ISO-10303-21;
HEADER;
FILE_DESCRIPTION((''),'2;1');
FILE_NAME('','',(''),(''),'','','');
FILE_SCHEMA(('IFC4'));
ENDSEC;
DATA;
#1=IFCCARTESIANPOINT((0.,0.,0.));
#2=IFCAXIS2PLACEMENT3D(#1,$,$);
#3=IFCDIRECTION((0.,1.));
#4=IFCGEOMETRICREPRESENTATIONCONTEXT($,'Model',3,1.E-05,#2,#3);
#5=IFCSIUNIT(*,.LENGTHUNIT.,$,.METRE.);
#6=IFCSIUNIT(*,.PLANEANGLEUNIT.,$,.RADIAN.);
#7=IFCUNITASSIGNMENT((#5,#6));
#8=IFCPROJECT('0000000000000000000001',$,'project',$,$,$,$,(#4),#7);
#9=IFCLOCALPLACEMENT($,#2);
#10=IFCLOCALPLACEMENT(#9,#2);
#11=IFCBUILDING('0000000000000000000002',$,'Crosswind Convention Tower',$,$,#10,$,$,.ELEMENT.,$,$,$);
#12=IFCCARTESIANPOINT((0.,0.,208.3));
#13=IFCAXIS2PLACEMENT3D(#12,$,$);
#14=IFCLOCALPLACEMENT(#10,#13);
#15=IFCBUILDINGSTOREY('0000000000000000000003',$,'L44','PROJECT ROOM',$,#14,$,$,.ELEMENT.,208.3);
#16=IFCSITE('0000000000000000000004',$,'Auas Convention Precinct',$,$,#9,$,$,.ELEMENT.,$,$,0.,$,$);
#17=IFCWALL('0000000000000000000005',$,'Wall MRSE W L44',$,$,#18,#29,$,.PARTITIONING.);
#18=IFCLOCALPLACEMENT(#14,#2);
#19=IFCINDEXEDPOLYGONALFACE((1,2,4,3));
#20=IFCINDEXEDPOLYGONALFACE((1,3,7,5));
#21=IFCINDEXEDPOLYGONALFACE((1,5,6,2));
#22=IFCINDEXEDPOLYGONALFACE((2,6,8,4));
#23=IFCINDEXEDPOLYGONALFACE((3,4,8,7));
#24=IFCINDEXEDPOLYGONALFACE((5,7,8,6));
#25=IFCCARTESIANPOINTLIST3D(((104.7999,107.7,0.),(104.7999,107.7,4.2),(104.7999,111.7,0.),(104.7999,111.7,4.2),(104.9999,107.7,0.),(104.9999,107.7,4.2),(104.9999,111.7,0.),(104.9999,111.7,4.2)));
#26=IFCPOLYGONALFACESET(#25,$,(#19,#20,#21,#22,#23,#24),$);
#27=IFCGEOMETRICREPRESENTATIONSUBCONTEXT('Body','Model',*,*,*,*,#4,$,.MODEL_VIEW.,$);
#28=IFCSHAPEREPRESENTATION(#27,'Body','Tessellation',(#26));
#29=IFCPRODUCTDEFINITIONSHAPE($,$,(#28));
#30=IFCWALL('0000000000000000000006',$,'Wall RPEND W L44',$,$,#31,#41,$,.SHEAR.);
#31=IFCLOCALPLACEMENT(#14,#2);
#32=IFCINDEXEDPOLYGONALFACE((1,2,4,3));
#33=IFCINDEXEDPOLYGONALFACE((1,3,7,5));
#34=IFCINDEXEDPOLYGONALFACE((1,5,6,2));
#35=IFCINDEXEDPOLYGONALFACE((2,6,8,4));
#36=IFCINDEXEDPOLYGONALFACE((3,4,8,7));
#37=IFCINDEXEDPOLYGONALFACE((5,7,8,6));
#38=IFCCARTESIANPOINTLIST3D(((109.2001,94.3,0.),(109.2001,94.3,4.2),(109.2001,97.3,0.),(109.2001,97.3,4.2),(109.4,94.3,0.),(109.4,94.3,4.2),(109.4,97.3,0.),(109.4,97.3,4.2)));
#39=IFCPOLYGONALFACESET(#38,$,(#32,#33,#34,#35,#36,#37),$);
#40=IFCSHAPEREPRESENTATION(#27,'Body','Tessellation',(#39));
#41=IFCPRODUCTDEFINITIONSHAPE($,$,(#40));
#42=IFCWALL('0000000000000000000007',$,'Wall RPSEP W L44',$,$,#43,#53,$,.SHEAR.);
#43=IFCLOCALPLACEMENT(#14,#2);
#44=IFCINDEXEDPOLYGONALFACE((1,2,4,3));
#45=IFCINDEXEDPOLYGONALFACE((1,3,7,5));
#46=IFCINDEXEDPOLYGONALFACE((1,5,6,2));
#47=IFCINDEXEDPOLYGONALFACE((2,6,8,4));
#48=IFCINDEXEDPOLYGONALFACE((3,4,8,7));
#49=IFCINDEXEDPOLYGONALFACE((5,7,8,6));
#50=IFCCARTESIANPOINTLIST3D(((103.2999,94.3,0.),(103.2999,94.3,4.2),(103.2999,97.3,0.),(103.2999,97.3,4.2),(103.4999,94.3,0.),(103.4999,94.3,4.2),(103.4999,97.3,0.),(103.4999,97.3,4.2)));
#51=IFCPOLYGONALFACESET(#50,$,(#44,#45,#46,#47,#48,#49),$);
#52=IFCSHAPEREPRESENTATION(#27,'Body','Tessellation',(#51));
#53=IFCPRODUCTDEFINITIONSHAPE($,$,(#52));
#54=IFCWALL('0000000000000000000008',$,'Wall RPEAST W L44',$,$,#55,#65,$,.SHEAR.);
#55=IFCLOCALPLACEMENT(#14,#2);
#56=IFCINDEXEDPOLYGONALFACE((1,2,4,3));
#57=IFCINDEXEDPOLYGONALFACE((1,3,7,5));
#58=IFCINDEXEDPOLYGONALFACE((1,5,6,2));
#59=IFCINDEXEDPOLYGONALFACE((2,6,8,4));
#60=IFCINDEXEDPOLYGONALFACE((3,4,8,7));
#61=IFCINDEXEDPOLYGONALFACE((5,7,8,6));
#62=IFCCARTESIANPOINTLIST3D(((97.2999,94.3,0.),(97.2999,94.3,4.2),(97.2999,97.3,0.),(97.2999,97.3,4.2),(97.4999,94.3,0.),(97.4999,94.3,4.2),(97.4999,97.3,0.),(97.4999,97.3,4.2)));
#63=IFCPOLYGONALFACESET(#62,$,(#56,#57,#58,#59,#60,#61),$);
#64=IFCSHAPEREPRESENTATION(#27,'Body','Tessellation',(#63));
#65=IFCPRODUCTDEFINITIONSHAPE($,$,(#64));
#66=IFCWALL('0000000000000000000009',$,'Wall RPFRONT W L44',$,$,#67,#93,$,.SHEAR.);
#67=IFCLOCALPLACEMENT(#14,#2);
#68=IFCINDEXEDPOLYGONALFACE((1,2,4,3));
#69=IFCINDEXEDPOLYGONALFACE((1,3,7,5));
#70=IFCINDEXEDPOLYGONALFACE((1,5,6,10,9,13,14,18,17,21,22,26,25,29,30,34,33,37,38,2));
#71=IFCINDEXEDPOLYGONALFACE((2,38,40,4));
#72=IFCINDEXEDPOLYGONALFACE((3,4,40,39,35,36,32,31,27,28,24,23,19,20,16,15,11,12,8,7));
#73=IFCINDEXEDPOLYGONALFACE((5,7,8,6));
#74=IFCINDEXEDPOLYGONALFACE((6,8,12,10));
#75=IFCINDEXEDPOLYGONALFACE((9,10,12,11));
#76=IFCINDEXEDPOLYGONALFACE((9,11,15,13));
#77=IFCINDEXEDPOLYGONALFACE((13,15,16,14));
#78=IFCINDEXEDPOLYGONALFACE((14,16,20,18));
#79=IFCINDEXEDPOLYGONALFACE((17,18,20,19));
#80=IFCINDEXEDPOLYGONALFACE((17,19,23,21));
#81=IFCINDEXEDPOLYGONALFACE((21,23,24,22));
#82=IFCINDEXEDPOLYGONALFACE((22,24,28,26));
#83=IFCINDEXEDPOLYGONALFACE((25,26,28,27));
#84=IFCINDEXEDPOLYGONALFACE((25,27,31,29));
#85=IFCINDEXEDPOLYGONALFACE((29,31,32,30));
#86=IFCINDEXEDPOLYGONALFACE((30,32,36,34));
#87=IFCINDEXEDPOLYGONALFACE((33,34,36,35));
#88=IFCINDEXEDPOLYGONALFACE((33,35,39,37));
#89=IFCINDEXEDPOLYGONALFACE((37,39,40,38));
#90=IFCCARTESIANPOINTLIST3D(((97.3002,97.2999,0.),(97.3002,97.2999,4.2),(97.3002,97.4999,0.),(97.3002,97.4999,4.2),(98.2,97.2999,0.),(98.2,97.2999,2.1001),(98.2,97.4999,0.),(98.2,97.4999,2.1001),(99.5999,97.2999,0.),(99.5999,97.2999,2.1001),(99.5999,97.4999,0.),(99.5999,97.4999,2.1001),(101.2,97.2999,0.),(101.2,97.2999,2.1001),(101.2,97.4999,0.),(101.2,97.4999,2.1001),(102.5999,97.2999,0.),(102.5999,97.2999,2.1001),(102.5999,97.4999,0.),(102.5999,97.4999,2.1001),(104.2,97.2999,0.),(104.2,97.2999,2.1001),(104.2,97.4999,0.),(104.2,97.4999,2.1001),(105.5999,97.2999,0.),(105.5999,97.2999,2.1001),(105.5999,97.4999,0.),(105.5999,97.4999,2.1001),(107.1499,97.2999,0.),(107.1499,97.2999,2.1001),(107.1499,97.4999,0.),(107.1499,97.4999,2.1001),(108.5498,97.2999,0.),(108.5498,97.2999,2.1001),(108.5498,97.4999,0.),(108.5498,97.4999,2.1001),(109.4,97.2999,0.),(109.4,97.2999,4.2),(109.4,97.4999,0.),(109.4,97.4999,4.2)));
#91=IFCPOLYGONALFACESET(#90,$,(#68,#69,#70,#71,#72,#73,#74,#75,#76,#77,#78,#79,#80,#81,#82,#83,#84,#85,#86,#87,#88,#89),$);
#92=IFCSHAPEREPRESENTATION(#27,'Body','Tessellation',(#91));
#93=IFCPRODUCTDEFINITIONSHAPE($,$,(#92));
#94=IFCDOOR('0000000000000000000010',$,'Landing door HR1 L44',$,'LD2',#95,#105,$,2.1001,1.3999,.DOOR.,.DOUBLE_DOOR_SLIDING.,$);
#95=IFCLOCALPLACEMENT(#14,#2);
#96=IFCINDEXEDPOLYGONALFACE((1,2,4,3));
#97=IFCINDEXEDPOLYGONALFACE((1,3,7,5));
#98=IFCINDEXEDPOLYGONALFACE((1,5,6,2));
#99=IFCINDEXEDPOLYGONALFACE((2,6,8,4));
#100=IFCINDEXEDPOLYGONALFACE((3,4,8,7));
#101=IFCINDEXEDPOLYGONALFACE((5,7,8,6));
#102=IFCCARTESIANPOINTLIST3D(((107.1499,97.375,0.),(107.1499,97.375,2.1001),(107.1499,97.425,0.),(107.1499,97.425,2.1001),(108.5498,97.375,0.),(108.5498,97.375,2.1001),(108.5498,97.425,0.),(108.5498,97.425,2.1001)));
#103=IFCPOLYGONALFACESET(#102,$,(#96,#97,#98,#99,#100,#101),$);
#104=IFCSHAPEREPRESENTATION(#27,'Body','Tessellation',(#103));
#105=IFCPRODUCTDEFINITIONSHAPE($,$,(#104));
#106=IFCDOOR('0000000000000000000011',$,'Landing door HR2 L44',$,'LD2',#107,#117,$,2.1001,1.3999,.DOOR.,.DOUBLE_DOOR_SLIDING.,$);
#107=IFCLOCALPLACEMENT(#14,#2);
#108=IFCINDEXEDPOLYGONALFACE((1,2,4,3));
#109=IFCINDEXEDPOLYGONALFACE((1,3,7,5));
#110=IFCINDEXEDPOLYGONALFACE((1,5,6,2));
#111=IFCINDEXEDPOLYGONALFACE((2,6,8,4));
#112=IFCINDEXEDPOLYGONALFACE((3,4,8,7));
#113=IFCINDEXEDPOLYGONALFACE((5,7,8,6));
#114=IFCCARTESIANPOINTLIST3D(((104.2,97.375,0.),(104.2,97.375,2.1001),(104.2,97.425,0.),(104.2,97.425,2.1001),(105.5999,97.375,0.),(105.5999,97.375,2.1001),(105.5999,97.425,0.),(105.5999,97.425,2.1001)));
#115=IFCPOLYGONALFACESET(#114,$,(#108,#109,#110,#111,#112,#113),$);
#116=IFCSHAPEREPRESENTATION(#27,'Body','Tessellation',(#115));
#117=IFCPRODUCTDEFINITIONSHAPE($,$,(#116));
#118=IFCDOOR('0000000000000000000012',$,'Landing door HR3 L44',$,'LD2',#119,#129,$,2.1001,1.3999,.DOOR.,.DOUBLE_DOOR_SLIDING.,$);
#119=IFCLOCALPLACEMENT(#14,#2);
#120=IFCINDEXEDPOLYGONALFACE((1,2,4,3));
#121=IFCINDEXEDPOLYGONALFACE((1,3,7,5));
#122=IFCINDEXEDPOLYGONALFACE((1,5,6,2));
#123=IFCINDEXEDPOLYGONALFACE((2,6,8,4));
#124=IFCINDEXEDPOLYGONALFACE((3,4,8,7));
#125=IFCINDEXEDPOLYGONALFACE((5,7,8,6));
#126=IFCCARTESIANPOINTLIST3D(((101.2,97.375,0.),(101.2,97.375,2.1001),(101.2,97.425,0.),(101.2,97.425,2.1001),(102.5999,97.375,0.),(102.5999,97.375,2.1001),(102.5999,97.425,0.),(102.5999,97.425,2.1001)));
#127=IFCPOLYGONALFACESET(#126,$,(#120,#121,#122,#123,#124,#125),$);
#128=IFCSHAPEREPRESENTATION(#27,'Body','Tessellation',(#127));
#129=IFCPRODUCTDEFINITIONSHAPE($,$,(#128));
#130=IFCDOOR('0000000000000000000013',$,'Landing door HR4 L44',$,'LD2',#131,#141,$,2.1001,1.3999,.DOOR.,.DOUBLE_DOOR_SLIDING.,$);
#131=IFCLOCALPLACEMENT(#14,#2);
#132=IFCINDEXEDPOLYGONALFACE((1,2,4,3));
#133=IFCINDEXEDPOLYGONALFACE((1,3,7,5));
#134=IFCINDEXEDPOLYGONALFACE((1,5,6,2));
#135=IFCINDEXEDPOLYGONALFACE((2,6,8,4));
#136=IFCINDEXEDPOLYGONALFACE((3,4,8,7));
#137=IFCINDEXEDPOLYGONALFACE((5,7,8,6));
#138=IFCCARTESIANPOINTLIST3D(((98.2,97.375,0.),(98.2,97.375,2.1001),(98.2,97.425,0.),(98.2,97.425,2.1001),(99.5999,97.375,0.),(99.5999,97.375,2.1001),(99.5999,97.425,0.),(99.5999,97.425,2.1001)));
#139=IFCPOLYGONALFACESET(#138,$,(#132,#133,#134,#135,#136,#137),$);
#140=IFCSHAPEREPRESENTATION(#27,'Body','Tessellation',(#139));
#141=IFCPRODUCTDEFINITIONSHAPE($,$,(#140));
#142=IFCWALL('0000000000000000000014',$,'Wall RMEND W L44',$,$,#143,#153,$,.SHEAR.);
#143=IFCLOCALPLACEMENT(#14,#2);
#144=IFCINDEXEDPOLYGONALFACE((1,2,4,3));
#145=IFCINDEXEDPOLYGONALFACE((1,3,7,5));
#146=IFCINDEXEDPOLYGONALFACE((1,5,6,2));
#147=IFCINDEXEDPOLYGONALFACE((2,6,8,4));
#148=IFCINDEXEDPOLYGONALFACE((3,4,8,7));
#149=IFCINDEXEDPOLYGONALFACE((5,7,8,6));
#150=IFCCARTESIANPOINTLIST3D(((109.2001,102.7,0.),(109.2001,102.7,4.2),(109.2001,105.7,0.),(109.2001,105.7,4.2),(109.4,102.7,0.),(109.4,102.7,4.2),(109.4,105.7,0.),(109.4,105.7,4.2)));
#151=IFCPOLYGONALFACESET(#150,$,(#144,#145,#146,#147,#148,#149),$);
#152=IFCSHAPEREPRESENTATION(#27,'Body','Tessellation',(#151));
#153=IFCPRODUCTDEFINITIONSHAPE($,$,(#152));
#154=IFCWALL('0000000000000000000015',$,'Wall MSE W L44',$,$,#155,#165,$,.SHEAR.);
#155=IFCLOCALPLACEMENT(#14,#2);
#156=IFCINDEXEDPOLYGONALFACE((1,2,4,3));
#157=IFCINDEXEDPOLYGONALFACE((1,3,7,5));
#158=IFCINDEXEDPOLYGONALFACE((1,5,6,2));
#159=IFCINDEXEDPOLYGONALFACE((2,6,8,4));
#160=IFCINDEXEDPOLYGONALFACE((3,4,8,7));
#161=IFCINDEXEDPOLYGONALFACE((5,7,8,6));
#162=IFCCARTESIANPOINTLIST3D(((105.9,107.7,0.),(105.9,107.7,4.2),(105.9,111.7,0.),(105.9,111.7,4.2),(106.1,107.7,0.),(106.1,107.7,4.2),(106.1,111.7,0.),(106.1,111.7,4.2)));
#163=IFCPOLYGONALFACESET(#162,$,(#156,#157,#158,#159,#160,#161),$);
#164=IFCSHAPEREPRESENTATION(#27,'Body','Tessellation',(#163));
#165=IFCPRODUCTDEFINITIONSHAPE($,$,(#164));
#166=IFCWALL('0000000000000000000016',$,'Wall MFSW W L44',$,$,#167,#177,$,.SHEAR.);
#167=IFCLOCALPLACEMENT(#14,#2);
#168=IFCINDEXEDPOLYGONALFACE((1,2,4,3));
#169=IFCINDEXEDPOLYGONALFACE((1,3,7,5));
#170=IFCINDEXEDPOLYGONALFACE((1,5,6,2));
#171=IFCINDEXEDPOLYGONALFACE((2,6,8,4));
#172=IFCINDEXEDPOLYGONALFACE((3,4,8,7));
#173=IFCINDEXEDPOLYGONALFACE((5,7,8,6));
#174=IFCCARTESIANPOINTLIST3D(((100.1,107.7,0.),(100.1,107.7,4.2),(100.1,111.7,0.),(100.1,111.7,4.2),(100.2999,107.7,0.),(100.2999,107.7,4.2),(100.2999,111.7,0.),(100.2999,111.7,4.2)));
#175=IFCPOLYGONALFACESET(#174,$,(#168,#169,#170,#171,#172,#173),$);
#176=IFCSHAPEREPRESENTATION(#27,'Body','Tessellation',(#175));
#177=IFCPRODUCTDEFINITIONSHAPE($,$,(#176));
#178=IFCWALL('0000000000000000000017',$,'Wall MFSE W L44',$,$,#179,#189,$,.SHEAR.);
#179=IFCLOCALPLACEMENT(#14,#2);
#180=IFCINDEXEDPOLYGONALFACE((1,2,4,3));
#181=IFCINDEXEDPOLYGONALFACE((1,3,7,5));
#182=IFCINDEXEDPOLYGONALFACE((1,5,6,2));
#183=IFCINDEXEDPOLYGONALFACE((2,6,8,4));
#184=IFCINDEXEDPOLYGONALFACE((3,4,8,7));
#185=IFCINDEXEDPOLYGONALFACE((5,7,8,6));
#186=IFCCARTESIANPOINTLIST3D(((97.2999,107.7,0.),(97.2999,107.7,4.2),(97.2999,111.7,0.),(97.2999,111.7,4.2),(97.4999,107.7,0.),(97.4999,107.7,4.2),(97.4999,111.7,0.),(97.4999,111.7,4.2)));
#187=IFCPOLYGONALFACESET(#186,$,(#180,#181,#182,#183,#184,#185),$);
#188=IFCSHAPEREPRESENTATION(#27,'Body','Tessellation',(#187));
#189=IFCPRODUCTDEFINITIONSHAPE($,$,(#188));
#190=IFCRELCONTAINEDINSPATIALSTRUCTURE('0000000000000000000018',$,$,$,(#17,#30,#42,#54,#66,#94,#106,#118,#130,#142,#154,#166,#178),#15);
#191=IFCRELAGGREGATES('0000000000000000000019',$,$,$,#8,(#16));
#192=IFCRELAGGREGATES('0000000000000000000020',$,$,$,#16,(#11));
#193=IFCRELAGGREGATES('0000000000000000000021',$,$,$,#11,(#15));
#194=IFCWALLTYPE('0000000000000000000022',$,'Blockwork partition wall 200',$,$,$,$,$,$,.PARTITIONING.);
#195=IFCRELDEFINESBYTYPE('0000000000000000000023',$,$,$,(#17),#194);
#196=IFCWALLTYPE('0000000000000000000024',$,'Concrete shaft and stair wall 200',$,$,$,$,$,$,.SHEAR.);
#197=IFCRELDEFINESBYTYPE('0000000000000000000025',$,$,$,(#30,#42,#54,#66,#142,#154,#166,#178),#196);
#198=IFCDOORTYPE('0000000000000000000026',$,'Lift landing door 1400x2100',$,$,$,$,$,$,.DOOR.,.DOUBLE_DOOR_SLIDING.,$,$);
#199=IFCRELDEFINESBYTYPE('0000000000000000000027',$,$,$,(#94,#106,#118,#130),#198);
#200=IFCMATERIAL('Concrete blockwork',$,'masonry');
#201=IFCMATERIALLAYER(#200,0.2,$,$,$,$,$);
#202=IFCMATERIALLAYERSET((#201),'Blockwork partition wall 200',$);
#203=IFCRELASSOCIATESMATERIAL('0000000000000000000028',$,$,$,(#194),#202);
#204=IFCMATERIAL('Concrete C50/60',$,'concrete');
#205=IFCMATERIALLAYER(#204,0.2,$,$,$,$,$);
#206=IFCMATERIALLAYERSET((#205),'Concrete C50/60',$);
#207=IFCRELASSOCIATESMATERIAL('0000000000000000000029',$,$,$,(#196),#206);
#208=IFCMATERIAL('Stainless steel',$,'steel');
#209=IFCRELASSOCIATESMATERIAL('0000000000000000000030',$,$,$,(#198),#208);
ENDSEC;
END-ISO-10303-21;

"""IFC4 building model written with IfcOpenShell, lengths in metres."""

from ifc_helpers import new_model, si_unit, direction, frame, frame_2d, origin, place, context, subcontext, project, spatial, rectangle, extrude, material, layer, layer_set, type_object, element, fill, save


model = new_model("IFC4")

# Units and contexts
model_context = context("Model", 3, precision=1e-05, world=origin(), true_north=direction((0.0, 1.0)))
body_context = subcontext(model_context, "Body", "Model", "MODEL_VIEW")
ifc_project = project(units=[si_unit("LENGTHUNIT", "METRE"), si_unit("PLANEANGLEUNIT", "RADIAN")], contexts=[model_context])

# Site, building, storey
site_placement = place(None, origin())
site = spatial("IfcSite", under=ifc_project, at=site_placement, Name="Auas Convention Precinct", CompositionType="ELEMENT", RefElevation=0.0)
building_placement = place(site_placement, origin())
building = spatial("IfcBuilding", under=site, at=building_placement, Name="Crosswind Convention Tower", CompositionType="ELEMENT")
storey_placement = place(building_placement, frame((0.0, 0.0, 208.3)))
storey = spatial("IfcBuildingStorey", under=building, at=storey_placement, Name="L44", Description="PROJECT ROOM", CompositionType="ELEMENT", Elevation=208.3)

# Walls
ifc_material_1 = material(Name="Concrete blockwork", Category="masonry")
ifc_layer_1 = layer(ifc_material_1, 0.2)
ifc_layer_set_1 = layer_set([ifc_layer_1], Name="Blockwork partition wall 200")
wall_type_1 = type_object("IfcWallType", Name="Blockwork partition wall 200", PredefinedType="PARTITIONING", material=ifc_layer_set_1)
wall_1_placement = place(storey_placement, frame((104.8999, 111.7, 0.0), z_axis=(0.0, 0.0, 1.0), x_axis=(0.0, -1.0, 0.0)))
element("IfcWall", 1, at=wall_1_placement, inside=storey, type_object=wall_type_1, Name="Wall MRSE W L44", PredefinedType="PARTITIONING", context=body_context, shape_type="SweptSolid", body=[
    extrude(rectangle(XDim=4.0, YDim=0.2, at=frame_2d((2.0, 0.0))), origin(), (0.0, 0.0, 1.0), 4.2),
])
ifc_material_2 = material(Name="Concrete C50/60", Category="concrete")
ifc_layer_2 = layer(ifc_material_2, 0.2)
ifc_layer_set_2 = layer_set([ifc_layer_2], Name="Concrete C50/60")
wall_type_2 = type_object("IfcWallType", Name="Concrete shaft and stair wall 200", PredefinedType="SHEAR", material=ifc_layer_set_2)
for number, where, z_axis, x_axis, name in (
    (2, (109.3, 97.3, 0.0), (0.0, 0.0, 1.0), (0.0, -1.0, 0.0), "Wall RPEND W L44"),
    (3, (103.3999, 97.3, 0.0), (0.0, 0.0, 1.0), (0.0, -1.0, 0.0), "Wall RPSEP W L44"),
    (4, (97.3999, 97.3, 0.0), (0.0, 0.0, 1.0), (0.0, -1.0, 0.0), "Wall RPEAST W L44"),
):
    element("IfcWall", number, at=place(storey_placement, frame(where, z_axis=z_axis, x_axis=x_axis)), inside=storey, type_object=wall_type_2, Name=name, PredefinedType="SHEAR", context=body_context, shape_type="SweptSolid", body=[
        extrude(rectangle(XDim=3.0, YDim=0.2, at=frame_2d((1.5, 0.0))), origin(), (0.0, 0.0, 1.0), 4.2),
    ])

# Wall, openings, doors
wall_2_placement = place(storey_placement, frame((109.3999, 97.3999, 0.0), z_axis=(0.0, 0.0, 1.0), x_axis=(-1.0, 0.0, 0.0)))
wall_2 = element("IfcWall", 5, at=wall_2_placement, inside=storey, type_object=wall_type_2, Name="Wall RPFRONT W L44", PredefinedType="SHEAR", context=body_context, shape_type="SweptSolid", body=[
    extrude(rectangle(XDim=12.0999, YDim=0.2, at=frame_2d((6.0498, 0.0))), origin(), (0.0, 0.0, 1.0), 4.2),
])
opening_1_placement = place(wall_2_placement, frame((0.8501, 0.0, 0.0)))
opening_1 = element("IfcOpeningElement", 6, at=opening_1_placement, cuts=wall_2, PredefinedType="OPENING", context=body_context, shape_type="SweptSolid", body=[
    extrude(rectangle(XDim=1.3999, YDim=2.1001, at=frame_2d((0.7, 1.05))), frame((0.0, 0.1099, 0.0), z_axis=(0.0, -1.0, 0.0), x_axis=(1.0, 0.0, 0.0)), (0.0, 0.0, 1.0), 0.22),
])
opening_2_placement = place(wall_2_placement, frame((3.8, 0.0, 0.0)))
opening_2 = element("IfcOpeningElement", 7, at=opening_2_placement, cuts=wall_2, PredefinedType="OPENING", context=body_context, shape_type="SweptSolid", body=[
    extrude(rectangle(XDim=1.3999, YDim=2.1001, at=frame_2d((0.7, 1.05))), frame((0.0, 0.1099, 0.0), z_axis=(0.0, -1.0, 0.0), x_axis=(1.0, 0.0, 0.0)), (0.0, 0.0, 1.0), 0.22),
])
opening_3_placement = place(wall_2_placement, frame((6.8, 0.0, 0.0)))
opening_3 = element("IfcOpeningElement", 8, at=opening_3_placement, cuts=wall_2, PredefinedType="OPENING", context=body_context, shape_type="SweptSolid", body=[
    extrude(rectangle(XDim=1.3999, YDim=2.1001, at=frame_2d((0.7, 1.05))), frame((0.0, 0.1099, 0.0), z_axis=(0.0, -1.0, 0.0), x_axis=(1.0, 0.0, 0.0)), (0.0, 0.0, 1.0), 0.22),
])
opening_4_placement = place(wall_2_placement, frame((9.8, 0.0, 0.0)))
opening_4 = element("IfcOpeningElement", 9, at=opening_4_placement, cuts=wall_2, PredefinedType="OPENING", context=body_context, shape_type="SweptSolid", body=[
    extrude(rectangle(XDim=1.3999, YDim=2.1001, at=frame_2d((0.7, 1.05))), frame((0.0, 0.1099, 0.0), z_axis=(0.0, -1.0, 0.0), x_axis=(1.0, 0.0, 0.0)), (0.0, 0.0, 1.0), 0.22),
])
ifc_material_3 = material(Name="Stainless steel", Category="steel")
door_type_1 = type_object("IfcDoorType", Name="Lift landing door 1400x2100", OperationType="DOUBLE_DOOR_SLIDING", PredefinedType="DOOR", material=ifc_material_3)
door_1_placement = place(opening_1_placement, origin())
door_1 = element("IfcDoor", 10, at=door_1_placement, inside=storey, type_object=door_type_1, Name="Landing door HR1 L44", ObjectType="LD2", OperationType="DOUBLE_DOOR_SLIDING", OverallHeight=2.1001, OverallWidth=1.3999, PredefinedType="DOOR", context=body_context, shape_type="SweptSolid", body=[
    extrude(rectangle(XDim=1.3999, YDim=2.1001, at=frame_2d((0.7, 1.05))), frame((0.0, 0.0249, 0.0), z_axis=(0.0, -1.0, 0.0), x_axis=(1.0, 0.0, 0.0)), (0.0, 0.0, 1.0), 0.05),
])
fill(opening_1, door_1)
door_2_placement = place(opening_2_placement, origin())
door_2 = element("IfcDoor", 11, at=door_2_placement, inside=storey, type_object=door_type_1, Name="Landing door HR2 L44", ObjectType="LD2", OperationType="DOUBLE_DOOR_SLIDING", OverallHeight=2.1001, OverallWidth=1.3999, PredefinedType="DOOR", context=body_context, shape_type="SweptSolid", body=[
    extrude(rectangle(XDim=1.3999, YDim=2.1001, at=frame_2d((0.7, 1.05))), frame((0.0, 0.0249, 0.0), z_axis=(0.0, -1.0, 0.0), x_axis=(1.0, 0.0, 0.0)), (0.0, 0.0, 1.0), 0.05),
])
fill(opening_2, door_2)
door_3_placement = place(opening_3_placement, origin())
door_3 = element("IfcDoor", 12, at=door_3_placement, inside=storey, type_object=door_type_1, Name="Landing door HR3 L44", ObjectType="LD2", OperationType="DOUBLE_DOOR_SLIDING", OverallHeight=2.1001, OverallWidth=1.3999, PredefinedType="DOOR", context=body_context, shape_type="SweptSolid", body=[
    extrude(rectangle(XDim=1.3999, YDim=2.1001, at=frame_2d((0.7, 1.05))), frame((0.0, 0.0249, 0.0), z_axis=(0.0, -1.0, 0.0), x_axis=(1.0, 0.0, 0.0)), (0.0, 0.0, 1.0), 0.05),
])
fill(opening_3, door_3)
door_4_placement = place(opening_4_placement, origin())
door_4 = element("IfcDoor", 13, at=door_4_placement, inside=storey, type_object=door_type_1, Name="Landing door HR4 L44", ObjectType="LD2", OperationType="DOUBLE_DOOR_SLIDING", OverallHeight=2.1001, OverallWidth=1.3999, PredefinedType="DOOR", context=body_context, shape_type="SweptSolid", body=[
    extrude(rectangle(XDim=1.3999, YDim=2.1001, at=frame_2d((0.7, 1.05))), frame((0.0, 0.0249, 0.0), z_axis=(0.0, -1.0, 0.0), x_axis=(1.0, 0.0, 0.0)), (0.0, 0.0, 1.0), 0.05),
])
fill(opening_4, door_4)

# Walls
wall_3_placement = place(storey_placement, frame((109.3, 105.7, 0.0), z_axis=(0.0, 0.0, 1.0), x_axis=(0.0, -1.0, 0.0)))
element("IfcWall", 14, at=wall_3_placement, inside=storey, type_object=wall_type_2, Name="Wall RMEND W L44", PredefinedType="SHEAR", context=body_context, shape_type="SweptSolid", body=[
    extrude(rectangle(XDim=3.0, YDim=0.2, at=frame_2d((1.5, 0.0))), origin(), (0.0, 0.0, 1.0), 4.2),
])
for number, where, z_axis, x_axis, name in (
    (15, (106.0, 111.7, 0.0), (0.0, 0.0, 1.0), (0.0, -1.0, 0.0), "Wall MSE W L44"),
    (16, (100.2, 111.7, 0.0), (0.0, 0.0, 1.0), (0.0, -1.0, 0.0), "Wall MFSW W L44"),
    (17, (97.3999, 111.7, 0.0), (0.0, 0.0, 1.0), (0.0, -1.0, 0.0), "Wall MFSE W L44"),
):
    element("IfcWall", number, at=place(storey_placement, frame(where, z_axis=z_axis, x_axis=x_axis)), inside=storey, type_object=wall_type_2, Name=name, PredefinedType="SHEAR", context=body_context, shape_type="SweptSolid", body=[
        extrude(rectangle(XDim=4.0, YDim=0.2, at=frame_2d((2.0, 0.0))), origin(), (0.0, 0.0, 1.0), 4.2),
    ])

save(model, "model.ifc")
